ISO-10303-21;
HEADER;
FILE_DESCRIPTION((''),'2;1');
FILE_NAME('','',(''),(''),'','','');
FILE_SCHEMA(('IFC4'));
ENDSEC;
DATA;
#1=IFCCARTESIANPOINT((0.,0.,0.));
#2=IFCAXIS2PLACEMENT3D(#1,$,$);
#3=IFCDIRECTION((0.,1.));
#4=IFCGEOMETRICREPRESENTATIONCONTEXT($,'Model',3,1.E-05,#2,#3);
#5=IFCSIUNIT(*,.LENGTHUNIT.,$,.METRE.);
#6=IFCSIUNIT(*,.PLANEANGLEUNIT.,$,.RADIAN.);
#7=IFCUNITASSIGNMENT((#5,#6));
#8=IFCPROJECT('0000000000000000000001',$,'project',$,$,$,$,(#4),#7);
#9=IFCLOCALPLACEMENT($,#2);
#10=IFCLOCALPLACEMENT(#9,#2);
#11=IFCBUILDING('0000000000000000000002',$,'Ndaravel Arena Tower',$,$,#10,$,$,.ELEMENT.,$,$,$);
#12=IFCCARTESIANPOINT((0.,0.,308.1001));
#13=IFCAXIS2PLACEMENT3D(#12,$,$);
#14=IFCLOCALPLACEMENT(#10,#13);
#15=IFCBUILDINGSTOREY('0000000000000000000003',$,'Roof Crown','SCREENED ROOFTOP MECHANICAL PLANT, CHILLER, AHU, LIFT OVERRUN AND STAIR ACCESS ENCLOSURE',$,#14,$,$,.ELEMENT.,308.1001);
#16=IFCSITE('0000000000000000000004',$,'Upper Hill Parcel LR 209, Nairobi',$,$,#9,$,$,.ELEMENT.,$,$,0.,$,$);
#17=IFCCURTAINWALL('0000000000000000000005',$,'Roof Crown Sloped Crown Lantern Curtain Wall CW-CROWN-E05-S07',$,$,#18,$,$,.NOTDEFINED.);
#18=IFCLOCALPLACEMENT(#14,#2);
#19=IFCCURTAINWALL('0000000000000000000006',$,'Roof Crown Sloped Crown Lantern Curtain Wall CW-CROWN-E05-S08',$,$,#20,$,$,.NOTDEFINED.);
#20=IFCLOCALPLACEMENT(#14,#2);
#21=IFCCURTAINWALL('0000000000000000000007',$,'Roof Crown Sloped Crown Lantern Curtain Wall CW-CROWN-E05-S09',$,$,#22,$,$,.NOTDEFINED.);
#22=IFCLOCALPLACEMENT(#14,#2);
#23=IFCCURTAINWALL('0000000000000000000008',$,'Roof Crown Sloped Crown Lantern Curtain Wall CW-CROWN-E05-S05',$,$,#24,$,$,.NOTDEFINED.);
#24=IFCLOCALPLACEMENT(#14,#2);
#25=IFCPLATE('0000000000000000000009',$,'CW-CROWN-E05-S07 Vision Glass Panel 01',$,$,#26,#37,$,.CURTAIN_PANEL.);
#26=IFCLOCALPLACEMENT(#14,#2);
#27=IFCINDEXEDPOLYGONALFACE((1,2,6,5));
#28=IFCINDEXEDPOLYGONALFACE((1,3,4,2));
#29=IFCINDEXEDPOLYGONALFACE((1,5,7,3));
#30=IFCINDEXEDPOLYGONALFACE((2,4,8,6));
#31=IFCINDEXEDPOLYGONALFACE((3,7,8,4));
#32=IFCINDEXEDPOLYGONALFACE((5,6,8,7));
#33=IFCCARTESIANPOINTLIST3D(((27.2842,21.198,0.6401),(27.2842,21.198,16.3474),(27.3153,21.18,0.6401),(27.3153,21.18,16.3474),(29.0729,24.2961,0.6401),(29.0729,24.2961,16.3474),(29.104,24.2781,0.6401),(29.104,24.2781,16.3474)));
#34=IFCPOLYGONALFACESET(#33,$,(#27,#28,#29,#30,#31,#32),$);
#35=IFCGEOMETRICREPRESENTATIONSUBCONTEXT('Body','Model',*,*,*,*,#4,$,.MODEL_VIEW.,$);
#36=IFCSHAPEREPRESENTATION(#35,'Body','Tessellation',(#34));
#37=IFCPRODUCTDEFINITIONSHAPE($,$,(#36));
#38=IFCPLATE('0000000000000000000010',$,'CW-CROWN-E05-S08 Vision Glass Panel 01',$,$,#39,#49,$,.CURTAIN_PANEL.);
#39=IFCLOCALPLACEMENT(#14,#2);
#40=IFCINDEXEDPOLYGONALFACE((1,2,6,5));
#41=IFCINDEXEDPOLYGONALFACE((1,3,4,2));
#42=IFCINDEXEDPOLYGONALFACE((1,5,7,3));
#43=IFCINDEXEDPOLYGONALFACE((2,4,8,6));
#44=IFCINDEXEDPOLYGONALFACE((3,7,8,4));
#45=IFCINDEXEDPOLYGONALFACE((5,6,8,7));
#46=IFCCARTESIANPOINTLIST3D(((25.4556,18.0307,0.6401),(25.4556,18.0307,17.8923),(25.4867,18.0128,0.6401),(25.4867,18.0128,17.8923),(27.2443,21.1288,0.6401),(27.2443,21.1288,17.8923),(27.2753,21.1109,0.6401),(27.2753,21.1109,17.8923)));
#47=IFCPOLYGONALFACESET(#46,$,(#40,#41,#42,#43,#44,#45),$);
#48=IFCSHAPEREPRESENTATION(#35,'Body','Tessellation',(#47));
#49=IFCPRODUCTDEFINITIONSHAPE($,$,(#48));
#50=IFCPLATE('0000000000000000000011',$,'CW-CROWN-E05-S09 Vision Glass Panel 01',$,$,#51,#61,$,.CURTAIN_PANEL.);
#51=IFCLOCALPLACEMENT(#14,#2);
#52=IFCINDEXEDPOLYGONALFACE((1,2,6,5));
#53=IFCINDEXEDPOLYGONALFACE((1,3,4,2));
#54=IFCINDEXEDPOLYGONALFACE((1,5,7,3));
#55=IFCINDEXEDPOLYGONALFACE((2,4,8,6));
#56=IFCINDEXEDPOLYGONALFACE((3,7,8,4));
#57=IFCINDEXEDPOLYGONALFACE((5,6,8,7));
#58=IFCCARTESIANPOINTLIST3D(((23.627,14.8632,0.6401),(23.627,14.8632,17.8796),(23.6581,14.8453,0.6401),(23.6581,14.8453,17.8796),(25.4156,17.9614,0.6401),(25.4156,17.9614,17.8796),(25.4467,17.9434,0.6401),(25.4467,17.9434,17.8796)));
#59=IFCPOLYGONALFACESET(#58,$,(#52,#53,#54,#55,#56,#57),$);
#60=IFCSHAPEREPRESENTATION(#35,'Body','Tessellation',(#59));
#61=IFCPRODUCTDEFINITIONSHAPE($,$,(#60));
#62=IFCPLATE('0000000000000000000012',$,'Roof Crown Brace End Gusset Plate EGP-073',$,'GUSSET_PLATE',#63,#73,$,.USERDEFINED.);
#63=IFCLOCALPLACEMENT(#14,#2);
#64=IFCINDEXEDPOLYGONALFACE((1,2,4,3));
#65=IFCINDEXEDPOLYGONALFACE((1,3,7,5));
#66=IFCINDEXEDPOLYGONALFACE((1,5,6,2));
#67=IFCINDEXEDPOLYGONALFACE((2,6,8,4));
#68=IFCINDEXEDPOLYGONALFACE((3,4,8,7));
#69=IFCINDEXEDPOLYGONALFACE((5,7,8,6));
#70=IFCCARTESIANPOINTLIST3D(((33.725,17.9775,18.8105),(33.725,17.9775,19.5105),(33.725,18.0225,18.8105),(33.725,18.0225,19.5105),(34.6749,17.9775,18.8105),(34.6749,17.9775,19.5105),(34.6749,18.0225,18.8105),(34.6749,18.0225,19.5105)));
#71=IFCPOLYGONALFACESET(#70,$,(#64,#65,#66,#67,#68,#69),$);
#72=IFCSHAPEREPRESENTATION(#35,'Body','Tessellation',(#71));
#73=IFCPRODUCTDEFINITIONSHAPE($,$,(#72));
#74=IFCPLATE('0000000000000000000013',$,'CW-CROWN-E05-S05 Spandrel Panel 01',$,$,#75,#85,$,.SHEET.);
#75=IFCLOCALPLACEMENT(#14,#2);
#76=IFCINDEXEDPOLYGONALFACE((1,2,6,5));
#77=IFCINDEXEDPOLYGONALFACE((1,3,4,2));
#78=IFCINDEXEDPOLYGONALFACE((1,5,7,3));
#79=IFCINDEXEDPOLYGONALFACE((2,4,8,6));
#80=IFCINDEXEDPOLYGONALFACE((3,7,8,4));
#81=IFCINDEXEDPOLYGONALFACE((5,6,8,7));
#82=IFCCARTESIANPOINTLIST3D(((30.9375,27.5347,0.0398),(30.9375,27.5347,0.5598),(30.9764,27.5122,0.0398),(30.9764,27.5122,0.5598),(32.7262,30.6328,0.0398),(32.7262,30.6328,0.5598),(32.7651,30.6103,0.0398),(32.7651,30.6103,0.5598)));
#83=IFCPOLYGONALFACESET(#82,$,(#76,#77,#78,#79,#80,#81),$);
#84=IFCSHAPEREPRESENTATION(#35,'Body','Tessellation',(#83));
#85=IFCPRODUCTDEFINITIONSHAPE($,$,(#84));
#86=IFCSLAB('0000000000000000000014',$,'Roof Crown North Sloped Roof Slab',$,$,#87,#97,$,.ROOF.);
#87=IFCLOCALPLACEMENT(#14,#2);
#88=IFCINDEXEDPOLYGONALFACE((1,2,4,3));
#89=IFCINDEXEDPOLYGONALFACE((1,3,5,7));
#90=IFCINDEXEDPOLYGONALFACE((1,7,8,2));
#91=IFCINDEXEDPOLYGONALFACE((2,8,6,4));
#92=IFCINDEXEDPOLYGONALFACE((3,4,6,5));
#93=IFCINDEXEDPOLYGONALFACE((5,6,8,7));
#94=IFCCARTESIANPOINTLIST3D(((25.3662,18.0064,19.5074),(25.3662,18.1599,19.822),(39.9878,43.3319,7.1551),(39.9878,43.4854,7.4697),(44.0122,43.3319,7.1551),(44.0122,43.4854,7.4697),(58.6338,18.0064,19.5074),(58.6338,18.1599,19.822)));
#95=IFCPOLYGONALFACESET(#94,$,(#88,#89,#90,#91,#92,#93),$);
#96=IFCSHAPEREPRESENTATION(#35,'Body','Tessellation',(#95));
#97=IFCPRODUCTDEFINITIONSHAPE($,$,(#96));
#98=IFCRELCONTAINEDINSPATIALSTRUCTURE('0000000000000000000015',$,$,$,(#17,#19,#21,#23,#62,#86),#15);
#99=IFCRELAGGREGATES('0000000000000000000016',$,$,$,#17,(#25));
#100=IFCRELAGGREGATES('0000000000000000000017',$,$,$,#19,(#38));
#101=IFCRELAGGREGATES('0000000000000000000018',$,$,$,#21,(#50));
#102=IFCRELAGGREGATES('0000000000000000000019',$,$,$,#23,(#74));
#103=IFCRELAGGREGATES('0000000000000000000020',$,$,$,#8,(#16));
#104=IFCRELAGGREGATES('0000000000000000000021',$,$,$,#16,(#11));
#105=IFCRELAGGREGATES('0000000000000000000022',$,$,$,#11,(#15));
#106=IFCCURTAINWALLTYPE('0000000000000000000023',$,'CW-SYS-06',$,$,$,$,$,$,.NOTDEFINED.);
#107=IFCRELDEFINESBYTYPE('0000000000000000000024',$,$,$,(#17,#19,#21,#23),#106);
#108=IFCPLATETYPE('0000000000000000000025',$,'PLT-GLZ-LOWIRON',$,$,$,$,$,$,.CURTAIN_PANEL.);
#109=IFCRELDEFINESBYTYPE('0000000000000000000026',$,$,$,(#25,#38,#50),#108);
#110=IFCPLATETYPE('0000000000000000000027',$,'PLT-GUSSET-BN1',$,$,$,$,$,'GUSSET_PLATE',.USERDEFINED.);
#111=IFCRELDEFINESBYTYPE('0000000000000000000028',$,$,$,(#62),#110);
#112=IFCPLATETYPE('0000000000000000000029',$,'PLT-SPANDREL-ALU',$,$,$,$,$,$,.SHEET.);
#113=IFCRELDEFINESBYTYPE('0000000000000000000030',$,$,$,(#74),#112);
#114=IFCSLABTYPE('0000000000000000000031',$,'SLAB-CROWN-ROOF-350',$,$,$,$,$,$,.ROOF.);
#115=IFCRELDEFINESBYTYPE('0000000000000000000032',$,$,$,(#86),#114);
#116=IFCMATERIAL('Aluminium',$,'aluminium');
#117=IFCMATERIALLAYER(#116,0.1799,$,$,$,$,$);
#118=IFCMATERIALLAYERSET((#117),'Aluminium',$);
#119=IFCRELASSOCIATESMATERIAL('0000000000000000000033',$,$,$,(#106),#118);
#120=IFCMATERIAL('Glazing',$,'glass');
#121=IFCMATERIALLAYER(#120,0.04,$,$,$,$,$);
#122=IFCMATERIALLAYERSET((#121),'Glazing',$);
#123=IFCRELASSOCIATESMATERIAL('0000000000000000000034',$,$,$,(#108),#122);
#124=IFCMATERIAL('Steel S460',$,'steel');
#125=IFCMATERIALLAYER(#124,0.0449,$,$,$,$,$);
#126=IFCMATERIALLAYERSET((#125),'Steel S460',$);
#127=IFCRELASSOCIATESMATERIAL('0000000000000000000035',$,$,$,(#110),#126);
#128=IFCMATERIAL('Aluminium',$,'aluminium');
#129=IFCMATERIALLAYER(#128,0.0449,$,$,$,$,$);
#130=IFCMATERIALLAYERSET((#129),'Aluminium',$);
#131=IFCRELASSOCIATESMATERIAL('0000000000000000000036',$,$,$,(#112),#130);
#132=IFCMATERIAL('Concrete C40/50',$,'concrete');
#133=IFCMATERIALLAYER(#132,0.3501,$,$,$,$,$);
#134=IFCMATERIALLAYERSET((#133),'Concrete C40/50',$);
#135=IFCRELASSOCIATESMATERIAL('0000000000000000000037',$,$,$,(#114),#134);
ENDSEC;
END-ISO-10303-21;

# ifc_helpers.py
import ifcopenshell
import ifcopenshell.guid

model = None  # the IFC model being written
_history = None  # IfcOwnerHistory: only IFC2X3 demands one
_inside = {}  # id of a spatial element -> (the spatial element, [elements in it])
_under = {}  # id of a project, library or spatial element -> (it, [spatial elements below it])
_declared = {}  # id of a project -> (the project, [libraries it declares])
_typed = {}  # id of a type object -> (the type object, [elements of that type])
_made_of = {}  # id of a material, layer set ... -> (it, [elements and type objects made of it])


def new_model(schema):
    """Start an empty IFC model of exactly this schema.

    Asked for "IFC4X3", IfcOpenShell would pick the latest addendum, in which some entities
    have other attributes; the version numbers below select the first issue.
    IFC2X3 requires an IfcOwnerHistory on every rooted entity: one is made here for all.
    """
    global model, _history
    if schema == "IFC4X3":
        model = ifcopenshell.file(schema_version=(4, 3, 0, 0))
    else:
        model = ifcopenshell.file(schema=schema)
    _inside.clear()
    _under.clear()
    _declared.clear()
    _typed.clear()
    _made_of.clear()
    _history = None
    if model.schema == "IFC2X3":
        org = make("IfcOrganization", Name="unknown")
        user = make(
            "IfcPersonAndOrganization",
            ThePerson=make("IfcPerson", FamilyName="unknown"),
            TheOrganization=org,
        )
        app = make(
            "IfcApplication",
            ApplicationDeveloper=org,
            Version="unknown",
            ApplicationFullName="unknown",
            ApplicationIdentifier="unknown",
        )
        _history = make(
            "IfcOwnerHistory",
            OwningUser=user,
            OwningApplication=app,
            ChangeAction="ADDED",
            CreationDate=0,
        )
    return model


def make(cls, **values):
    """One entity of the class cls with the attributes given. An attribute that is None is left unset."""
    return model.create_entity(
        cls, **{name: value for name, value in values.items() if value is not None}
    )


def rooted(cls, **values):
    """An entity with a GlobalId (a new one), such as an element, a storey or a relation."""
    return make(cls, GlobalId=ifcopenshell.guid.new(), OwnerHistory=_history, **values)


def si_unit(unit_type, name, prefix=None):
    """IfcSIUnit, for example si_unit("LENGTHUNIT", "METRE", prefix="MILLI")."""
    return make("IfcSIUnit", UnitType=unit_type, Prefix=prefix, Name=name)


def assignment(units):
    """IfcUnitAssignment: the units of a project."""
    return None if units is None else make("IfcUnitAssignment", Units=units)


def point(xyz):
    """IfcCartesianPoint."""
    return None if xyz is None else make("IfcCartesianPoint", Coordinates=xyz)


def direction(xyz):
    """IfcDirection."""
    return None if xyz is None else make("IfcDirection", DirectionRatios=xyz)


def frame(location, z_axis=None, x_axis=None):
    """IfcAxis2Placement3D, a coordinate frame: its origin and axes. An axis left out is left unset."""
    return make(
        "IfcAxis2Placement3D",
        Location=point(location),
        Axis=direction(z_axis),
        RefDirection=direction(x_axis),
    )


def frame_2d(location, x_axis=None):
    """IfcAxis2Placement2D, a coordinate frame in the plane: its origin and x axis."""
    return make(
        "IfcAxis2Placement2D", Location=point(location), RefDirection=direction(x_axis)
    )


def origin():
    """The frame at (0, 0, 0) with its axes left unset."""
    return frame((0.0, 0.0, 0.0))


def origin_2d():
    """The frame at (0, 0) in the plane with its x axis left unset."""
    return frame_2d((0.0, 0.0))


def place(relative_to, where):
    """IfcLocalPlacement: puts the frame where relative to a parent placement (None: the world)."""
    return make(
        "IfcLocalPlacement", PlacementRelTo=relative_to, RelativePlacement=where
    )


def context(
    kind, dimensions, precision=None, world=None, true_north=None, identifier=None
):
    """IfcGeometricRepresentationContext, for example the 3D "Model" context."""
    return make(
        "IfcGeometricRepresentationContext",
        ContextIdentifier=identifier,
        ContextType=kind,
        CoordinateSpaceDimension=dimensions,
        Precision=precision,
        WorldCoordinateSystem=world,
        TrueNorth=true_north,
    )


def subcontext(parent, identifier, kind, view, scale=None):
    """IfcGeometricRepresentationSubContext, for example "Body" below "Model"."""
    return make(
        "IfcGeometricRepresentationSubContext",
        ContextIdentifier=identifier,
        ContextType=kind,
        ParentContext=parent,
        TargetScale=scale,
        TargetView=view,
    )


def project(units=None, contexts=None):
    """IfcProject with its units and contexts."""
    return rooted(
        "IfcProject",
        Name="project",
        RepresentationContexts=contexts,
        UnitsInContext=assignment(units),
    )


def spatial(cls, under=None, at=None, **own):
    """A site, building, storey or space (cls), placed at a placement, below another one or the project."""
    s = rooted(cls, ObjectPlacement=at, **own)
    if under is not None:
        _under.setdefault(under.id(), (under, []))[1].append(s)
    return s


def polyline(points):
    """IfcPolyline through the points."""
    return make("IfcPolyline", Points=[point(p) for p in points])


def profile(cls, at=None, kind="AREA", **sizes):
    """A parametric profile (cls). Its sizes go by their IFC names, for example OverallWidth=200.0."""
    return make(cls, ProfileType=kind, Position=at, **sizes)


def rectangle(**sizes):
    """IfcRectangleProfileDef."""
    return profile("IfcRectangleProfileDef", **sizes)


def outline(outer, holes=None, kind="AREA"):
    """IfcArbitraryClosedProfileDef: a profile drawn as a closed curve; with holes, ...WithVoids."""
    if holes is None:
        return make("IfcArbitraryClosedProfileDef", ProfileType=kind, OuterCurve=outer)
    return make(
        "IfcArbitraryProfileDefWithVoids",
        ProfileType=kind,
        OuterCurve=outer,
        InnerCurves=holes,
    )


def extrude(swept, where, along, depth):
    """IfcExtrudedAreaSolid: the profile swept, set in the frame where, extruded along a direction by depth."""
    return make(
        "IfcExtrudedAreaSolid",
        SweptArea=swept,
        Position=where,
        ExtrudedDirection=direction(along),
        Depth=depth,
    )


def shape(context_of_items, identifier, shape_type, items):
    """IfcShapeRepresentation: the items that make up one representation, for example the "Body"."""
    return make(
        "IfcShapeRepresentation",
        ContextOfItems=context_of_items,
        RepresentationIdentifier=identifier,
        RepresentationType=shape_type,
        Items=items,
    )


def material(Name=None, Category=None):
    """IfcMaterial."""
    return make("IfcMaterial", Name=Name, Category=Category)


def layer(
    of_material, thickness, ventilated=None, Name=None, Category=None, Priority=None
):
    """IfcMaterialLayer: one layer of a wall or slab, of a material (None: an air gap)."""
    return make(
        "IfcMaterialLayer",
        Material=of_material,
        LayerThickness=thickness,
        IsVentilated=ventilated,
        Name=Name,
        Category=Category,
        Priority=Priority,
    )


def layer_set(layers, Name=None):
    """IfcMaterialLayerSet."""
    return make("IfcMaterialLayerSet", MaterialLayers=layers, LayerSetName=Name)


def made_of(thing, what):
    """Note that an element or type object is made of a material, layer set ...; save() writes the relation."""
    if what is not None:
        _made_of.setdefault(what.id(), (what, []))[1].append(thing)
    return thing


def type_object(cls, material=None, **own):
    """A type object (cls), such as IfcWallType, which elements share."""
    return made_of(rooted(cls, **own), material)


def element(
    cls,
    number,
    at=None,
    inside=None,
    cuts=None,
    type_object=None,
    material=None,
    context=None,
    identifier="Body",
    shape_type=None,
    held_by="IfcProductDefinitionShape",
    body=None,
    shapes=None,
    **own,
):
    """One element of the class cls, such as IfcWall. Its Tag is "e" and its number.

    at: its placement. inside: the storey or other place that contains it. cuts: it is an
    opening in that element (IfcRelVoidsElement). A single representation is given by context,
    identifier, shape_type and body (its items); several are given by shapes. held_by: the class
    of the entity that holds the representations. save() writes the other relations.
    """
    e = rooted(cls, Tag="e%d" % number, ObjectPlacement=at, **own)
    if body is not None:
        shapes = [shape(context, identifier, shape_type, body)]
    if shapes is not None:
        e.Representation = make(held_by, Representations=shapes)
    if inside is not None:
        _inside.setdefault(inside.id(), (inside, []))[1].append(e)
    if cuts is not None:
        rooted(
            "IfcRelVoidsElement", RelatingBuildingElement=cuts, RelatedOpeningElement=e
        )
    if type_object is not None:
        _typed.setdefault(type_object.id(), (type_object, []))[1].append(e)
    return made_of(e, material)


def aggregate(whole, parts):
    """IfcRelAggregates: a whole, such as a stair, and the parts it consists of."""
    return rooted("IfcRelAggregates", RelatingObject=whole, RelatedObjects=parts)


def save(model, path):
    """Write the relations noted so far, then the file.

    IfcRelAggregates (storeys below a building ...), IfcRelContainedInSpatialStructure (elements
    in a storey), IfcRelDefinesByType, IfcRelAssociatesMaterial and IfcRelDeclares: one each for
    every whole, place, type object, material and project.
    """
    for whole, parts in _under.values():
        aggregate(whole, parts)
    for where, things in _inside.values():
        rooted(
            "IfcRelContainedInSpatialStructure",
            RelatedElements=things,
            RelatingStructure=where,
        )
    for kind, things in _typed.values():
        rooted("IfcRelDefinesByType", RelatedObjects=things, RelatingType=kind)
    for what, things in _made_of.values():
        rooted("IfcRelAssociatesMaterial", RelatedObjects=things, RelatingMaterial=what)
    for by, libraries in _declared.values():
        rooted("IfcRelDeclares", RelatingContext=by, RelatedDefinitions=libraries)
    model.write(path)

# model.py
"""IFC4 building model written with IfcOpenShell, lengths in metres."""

from ifc_helpers import new_model, si_unit, direction, frame, origin, origin_2d, place, context, subcontext, project, spatial, polyline, rectangle, outline, extrude, material, layer, layer_set, type_object, element, aggregate, save


model = new_model("IFC4")

# Units and contexts
model_context = context("Model", 3, precision=1e-05, world=origin(), true_north=direction((0.0, 1.0)))
body_context = subcontext(model_context, "Body", "Model", "MODEL_VIEW")
ifc_project = project(units=[si_unit("LENGTHUNIT", "METRE"), si_unit("PLANEANGLEUNIT", "RADIAN")], contexts=[model_context])

# Site, building, storey
site_placement = place(None, origin())
site = spatial("IfcSite", under=ifc_project, at=site_placement, Name="Upper Hill Parcel LR 209, Nairobi", CompositionType="ELEMENT", RefElevation=0.0)
building_placement = place(site_placement, origin())
building = spatial("IfcBuilding", under=site, at=building_placement, Name="Ndaravel Arena Tower", CompositionType="ELEMENT")
storey_placement = place(building_placement, frame((0.0, 0.0, 308.1001)))
storey = spatial("IfcBuildingStorey", under=building, at=storey_placement, Name="Roof Crown", Description="SCREENED ROOFTOP MECHANICAL PLANT, CHILLER, AHU, LIFT OVERRUN AND STAIR ACCESS ENCLOSURE", CompositionType="ELEMENT", Elevation=308.1001)

# Curtain walls
ifc_material_1 = material(Name="Aluminium", Category="aluminium")
ifc_layer_1 = layer(ifc_material_1, 0.1799)
ifc_layer_set_1 = layer_set([ifc_layer_1], Name="Aluminium")
curtain_wall_type = type_object("IfcCurtainWallType", Name="CW-SYS-06", PredefinedType="NOTDEFINED", material=ifc_layer_set_1)
curtain_wall_1_placement = place(storey_placement, origin())
curtain_wall_1 = element("IfcCurtainWall", 1, at=curtain_wall_1_placement, inside=storey, type_object=curtain_wall_type, Name="Roof Crown Sloped Crown Lantern Curtain Wall CW-CROWN-E05-S07", PredefinedType="NOTDEFINED")
curtain_wall_2_placement = place(storey_placement, origin())
curtain_wall_2 = element("IfcCurtainWall", 2, at=curtain_wall_2_placement, inside=storey, type_object=curtain_wall_type, Name="Roof Crown Sloped Crown Lantern Curtain Wall CW-CROWN-E05-S08", PredefinedType="NOTDEFINED")
curtain_wall_3_placement = place(storey_placement, origin())
curtain_wall_3 = element("IfcCurtainWall", 3, at=curtain_wall_3_placement, inside=storey, type_object=curtain_wall_type, Name="Roof Crown Sloped Crown Lantern Curtain Wall CW-CROWN-E05-S09", PredefinedType="NOTDEFINED")

# Curtain wall
curtain_wall_4_placement = place(storey_placement, origin())
curtain_wall_4 = element("IfcCurtainWall", 4, at=curtain_wall_4_placement, inside=storey, type_object=curtain_wall_type, Name="Roof Crown Sloped Crown Lantern Curtain Wall CW-CROWN-E05-S05", PredefinedType="NOTDEFINED")
ifc_material_2 = material(Name="Glazing", Category="glass")
ifc_layer_2 = layer(ifc_material_2, 0.04)
ifc_layer_set_2 = layer_set([ifc_layer_2], Name="Glazing")
plate_type_1 = type_object("IfcPlateType", Name="PLT-GLZ-LOWIRON", PredefinedType="CURTAIN_PANEL", material=ifc_layer_set_2)

# Plates
plate_1_placement = place(storey_placement, frame((28.1941, 22.738, 0.6401), z_axis=(0.0, 0.0, 1.0), x_axis=(-0.500015, -0.866017, 0.0)))
plate_1 = element("IfcPlate", 5, at=plate_1_placement, type_object=plate_type_1, Name="CW-CROWN-E05-S07 Vision Glass Panel 01", PredefinedType="CURTAIN_PANEL", context=body_context, shape_type="SweptSolid", body=[
    extrude(rectangle(XDim=3.5774, YDim=0.0359, at=origin_2d()), origin(), (0.0, 0.0, 1.0), 15.7073),
])
aggregate(curtain_wall_1, [plate_1])
plate_2_placement = place(storey_placement, frame((26.3655, 19.5708, 0.6401), z_axis=(0.0, 0.0, 1.0), x_axis=(-0.499985, -0.866034, 0.0)))
plate_2 = element("IfcPlate", 6, at=plate_2_placement, type_object=plate_type_1, Name="CW-CROWN-E05-S08 Vision Glass Panel 01", PredefinedType="CURTAIN_PANEL", context=body_context, shape_type="SweptSolid", body=[
    extrude(rectangle(XDim=3.5774, YDim=0.0359, at=origin_2d()), origin(), (0.0, 0.0, 1.0), 17.2522),
])
aggregate(curtain_wall_2, [plate_2])
plate_3_placement = place(storey_placement, frame((24.5369, 16.4033, 0.6401), z_axis=(0.0, 0.0, 1.0), x_axis=(-0.499985, -0.866034, 0.0)))
plate_3 = element("IfcPlate", 7, at=plate_3_placement, type_object=plate_type_1, Name="CW-CROWN-E05-S09 Vision Glass Panel 01", PredefinedType="CURTAIN_PANEL", context=body_context, shape_type="SweptSolid", body=[
    extrude(rectangle(XDim=3.5774, YDim=0.0359, at=origin_2d()), origin(), (0.0, 0.0, 1.0), 17.2395),
])
aggregate(curtain_wall_3, [plate_3])
ifc_material_3 = material(Name="Steel S460", Category="steel")
ifc_layer_3 = layer(ifc_material_3, 0.0449)
ifc_layer_set_3 = layer_set([ifc_layer_3], Name="Steel S460")
plate_type_2 = type_object("IfcPlateType", Name="PLT-GUSSET-BN1", ElementType="GUSSET_PLATE", PredefinedType="USERDEFINED", material=ifc_layer_set_3)
plate_4_placement = place(storey_placement, frame((34.2, 18.0, 18.8105), z_axis=(0.0, 0.0, 1.0), x_axis=(1.0, 0.0, 0.0)))
element("IfcPlate", 8, at=plate_4_placement, inside=storey, type_object=plate_type_2, Name="Roof Crown Brace End Gusset Plate EGP-073", ObjectType="GUSSET_PLATE", PredefinedType="USERDEFINED", context=body_context, shape_type="SweptSolid", body=[
    extrude(rectangle(XDim=0.95, YDim=0.0449, at=origin_2d()), origin(), (0.0, 0.0, 1.0), 0.7),
])
ifc_material_4 = material(Name="Aluminium", Category="aluminium")
ifc_layer_4 = layer(ifc_material_4, 0.0449)
ifc_layer_set_4 = layer_set([ifc_layer_4], Name="Aluminium")
plate_type_3 = type_object("IfcPlateType", Name="PLT-SPANDREL-ALU", PredefinedType="SHEET", material=ifc_layer_set_4)
plate_5_placement = place(storey_placement, frame((31.8513, 29.0725, 0.0398), z_axis=(0.0, 0.0, 1.0), x_axis=(-0.500015, -0.866017, 0.0)))
plate_5 = element("IfcPlate", 9, at=plate_5_placement, type_object=plate_type_3, Name="CW-CROWN-E05-S05 Spandrel Panel 01", PredefinedType="SHEET", context=body_context, shape_type="SweptSolid", body=[
    extrude(rectangle(XDim=3.5774, YDim=0.0449, at=origin_2d()), origin(), (0.0, 0.0, 1.0), 0.52),
])
aggregate(curtain_wall_4, [plate_5])

# Slab
ifc_material_5 = material(Name="Concrete C40/50", Category="concrete")
ifc_layer_5 = layer(ifc_material_5, 0.3501)
ifc_layer_set_5 = layer_set([ifc_layer_5], Name="Concrete C40/50")
slab_type = type_object("IfcSlabType", Name="SLAB-CROWN-ROOF-350", PredefinedType="ROOF", material=ifc_layer_set_5)
slab_placement = place(storey_placement, frame((25.3662, 18.1599, 19.822), z_axis=(0.0, 0.438378, 0.898791), x_axis=(1.0, 0.0, 0.0)))
element("IfcSlab", 10, at=slab_placement, inside=storey, type_object=slab_type, Name="Roof Crown North Sloped Roof Slab", PredefinedType="ROOF", context=body_context, shape_type="SweptSolid", body=[
    extrude(outline(polyline([(0.0, 0.0), (33.2676, 0.0), (18.646, 28.1772), (14.6216, 28.1772), (0.0, 0.0)])), origin(), (0.0, 0.0, -1.0), 0.3501),
])

save(model, "model.ifc")
